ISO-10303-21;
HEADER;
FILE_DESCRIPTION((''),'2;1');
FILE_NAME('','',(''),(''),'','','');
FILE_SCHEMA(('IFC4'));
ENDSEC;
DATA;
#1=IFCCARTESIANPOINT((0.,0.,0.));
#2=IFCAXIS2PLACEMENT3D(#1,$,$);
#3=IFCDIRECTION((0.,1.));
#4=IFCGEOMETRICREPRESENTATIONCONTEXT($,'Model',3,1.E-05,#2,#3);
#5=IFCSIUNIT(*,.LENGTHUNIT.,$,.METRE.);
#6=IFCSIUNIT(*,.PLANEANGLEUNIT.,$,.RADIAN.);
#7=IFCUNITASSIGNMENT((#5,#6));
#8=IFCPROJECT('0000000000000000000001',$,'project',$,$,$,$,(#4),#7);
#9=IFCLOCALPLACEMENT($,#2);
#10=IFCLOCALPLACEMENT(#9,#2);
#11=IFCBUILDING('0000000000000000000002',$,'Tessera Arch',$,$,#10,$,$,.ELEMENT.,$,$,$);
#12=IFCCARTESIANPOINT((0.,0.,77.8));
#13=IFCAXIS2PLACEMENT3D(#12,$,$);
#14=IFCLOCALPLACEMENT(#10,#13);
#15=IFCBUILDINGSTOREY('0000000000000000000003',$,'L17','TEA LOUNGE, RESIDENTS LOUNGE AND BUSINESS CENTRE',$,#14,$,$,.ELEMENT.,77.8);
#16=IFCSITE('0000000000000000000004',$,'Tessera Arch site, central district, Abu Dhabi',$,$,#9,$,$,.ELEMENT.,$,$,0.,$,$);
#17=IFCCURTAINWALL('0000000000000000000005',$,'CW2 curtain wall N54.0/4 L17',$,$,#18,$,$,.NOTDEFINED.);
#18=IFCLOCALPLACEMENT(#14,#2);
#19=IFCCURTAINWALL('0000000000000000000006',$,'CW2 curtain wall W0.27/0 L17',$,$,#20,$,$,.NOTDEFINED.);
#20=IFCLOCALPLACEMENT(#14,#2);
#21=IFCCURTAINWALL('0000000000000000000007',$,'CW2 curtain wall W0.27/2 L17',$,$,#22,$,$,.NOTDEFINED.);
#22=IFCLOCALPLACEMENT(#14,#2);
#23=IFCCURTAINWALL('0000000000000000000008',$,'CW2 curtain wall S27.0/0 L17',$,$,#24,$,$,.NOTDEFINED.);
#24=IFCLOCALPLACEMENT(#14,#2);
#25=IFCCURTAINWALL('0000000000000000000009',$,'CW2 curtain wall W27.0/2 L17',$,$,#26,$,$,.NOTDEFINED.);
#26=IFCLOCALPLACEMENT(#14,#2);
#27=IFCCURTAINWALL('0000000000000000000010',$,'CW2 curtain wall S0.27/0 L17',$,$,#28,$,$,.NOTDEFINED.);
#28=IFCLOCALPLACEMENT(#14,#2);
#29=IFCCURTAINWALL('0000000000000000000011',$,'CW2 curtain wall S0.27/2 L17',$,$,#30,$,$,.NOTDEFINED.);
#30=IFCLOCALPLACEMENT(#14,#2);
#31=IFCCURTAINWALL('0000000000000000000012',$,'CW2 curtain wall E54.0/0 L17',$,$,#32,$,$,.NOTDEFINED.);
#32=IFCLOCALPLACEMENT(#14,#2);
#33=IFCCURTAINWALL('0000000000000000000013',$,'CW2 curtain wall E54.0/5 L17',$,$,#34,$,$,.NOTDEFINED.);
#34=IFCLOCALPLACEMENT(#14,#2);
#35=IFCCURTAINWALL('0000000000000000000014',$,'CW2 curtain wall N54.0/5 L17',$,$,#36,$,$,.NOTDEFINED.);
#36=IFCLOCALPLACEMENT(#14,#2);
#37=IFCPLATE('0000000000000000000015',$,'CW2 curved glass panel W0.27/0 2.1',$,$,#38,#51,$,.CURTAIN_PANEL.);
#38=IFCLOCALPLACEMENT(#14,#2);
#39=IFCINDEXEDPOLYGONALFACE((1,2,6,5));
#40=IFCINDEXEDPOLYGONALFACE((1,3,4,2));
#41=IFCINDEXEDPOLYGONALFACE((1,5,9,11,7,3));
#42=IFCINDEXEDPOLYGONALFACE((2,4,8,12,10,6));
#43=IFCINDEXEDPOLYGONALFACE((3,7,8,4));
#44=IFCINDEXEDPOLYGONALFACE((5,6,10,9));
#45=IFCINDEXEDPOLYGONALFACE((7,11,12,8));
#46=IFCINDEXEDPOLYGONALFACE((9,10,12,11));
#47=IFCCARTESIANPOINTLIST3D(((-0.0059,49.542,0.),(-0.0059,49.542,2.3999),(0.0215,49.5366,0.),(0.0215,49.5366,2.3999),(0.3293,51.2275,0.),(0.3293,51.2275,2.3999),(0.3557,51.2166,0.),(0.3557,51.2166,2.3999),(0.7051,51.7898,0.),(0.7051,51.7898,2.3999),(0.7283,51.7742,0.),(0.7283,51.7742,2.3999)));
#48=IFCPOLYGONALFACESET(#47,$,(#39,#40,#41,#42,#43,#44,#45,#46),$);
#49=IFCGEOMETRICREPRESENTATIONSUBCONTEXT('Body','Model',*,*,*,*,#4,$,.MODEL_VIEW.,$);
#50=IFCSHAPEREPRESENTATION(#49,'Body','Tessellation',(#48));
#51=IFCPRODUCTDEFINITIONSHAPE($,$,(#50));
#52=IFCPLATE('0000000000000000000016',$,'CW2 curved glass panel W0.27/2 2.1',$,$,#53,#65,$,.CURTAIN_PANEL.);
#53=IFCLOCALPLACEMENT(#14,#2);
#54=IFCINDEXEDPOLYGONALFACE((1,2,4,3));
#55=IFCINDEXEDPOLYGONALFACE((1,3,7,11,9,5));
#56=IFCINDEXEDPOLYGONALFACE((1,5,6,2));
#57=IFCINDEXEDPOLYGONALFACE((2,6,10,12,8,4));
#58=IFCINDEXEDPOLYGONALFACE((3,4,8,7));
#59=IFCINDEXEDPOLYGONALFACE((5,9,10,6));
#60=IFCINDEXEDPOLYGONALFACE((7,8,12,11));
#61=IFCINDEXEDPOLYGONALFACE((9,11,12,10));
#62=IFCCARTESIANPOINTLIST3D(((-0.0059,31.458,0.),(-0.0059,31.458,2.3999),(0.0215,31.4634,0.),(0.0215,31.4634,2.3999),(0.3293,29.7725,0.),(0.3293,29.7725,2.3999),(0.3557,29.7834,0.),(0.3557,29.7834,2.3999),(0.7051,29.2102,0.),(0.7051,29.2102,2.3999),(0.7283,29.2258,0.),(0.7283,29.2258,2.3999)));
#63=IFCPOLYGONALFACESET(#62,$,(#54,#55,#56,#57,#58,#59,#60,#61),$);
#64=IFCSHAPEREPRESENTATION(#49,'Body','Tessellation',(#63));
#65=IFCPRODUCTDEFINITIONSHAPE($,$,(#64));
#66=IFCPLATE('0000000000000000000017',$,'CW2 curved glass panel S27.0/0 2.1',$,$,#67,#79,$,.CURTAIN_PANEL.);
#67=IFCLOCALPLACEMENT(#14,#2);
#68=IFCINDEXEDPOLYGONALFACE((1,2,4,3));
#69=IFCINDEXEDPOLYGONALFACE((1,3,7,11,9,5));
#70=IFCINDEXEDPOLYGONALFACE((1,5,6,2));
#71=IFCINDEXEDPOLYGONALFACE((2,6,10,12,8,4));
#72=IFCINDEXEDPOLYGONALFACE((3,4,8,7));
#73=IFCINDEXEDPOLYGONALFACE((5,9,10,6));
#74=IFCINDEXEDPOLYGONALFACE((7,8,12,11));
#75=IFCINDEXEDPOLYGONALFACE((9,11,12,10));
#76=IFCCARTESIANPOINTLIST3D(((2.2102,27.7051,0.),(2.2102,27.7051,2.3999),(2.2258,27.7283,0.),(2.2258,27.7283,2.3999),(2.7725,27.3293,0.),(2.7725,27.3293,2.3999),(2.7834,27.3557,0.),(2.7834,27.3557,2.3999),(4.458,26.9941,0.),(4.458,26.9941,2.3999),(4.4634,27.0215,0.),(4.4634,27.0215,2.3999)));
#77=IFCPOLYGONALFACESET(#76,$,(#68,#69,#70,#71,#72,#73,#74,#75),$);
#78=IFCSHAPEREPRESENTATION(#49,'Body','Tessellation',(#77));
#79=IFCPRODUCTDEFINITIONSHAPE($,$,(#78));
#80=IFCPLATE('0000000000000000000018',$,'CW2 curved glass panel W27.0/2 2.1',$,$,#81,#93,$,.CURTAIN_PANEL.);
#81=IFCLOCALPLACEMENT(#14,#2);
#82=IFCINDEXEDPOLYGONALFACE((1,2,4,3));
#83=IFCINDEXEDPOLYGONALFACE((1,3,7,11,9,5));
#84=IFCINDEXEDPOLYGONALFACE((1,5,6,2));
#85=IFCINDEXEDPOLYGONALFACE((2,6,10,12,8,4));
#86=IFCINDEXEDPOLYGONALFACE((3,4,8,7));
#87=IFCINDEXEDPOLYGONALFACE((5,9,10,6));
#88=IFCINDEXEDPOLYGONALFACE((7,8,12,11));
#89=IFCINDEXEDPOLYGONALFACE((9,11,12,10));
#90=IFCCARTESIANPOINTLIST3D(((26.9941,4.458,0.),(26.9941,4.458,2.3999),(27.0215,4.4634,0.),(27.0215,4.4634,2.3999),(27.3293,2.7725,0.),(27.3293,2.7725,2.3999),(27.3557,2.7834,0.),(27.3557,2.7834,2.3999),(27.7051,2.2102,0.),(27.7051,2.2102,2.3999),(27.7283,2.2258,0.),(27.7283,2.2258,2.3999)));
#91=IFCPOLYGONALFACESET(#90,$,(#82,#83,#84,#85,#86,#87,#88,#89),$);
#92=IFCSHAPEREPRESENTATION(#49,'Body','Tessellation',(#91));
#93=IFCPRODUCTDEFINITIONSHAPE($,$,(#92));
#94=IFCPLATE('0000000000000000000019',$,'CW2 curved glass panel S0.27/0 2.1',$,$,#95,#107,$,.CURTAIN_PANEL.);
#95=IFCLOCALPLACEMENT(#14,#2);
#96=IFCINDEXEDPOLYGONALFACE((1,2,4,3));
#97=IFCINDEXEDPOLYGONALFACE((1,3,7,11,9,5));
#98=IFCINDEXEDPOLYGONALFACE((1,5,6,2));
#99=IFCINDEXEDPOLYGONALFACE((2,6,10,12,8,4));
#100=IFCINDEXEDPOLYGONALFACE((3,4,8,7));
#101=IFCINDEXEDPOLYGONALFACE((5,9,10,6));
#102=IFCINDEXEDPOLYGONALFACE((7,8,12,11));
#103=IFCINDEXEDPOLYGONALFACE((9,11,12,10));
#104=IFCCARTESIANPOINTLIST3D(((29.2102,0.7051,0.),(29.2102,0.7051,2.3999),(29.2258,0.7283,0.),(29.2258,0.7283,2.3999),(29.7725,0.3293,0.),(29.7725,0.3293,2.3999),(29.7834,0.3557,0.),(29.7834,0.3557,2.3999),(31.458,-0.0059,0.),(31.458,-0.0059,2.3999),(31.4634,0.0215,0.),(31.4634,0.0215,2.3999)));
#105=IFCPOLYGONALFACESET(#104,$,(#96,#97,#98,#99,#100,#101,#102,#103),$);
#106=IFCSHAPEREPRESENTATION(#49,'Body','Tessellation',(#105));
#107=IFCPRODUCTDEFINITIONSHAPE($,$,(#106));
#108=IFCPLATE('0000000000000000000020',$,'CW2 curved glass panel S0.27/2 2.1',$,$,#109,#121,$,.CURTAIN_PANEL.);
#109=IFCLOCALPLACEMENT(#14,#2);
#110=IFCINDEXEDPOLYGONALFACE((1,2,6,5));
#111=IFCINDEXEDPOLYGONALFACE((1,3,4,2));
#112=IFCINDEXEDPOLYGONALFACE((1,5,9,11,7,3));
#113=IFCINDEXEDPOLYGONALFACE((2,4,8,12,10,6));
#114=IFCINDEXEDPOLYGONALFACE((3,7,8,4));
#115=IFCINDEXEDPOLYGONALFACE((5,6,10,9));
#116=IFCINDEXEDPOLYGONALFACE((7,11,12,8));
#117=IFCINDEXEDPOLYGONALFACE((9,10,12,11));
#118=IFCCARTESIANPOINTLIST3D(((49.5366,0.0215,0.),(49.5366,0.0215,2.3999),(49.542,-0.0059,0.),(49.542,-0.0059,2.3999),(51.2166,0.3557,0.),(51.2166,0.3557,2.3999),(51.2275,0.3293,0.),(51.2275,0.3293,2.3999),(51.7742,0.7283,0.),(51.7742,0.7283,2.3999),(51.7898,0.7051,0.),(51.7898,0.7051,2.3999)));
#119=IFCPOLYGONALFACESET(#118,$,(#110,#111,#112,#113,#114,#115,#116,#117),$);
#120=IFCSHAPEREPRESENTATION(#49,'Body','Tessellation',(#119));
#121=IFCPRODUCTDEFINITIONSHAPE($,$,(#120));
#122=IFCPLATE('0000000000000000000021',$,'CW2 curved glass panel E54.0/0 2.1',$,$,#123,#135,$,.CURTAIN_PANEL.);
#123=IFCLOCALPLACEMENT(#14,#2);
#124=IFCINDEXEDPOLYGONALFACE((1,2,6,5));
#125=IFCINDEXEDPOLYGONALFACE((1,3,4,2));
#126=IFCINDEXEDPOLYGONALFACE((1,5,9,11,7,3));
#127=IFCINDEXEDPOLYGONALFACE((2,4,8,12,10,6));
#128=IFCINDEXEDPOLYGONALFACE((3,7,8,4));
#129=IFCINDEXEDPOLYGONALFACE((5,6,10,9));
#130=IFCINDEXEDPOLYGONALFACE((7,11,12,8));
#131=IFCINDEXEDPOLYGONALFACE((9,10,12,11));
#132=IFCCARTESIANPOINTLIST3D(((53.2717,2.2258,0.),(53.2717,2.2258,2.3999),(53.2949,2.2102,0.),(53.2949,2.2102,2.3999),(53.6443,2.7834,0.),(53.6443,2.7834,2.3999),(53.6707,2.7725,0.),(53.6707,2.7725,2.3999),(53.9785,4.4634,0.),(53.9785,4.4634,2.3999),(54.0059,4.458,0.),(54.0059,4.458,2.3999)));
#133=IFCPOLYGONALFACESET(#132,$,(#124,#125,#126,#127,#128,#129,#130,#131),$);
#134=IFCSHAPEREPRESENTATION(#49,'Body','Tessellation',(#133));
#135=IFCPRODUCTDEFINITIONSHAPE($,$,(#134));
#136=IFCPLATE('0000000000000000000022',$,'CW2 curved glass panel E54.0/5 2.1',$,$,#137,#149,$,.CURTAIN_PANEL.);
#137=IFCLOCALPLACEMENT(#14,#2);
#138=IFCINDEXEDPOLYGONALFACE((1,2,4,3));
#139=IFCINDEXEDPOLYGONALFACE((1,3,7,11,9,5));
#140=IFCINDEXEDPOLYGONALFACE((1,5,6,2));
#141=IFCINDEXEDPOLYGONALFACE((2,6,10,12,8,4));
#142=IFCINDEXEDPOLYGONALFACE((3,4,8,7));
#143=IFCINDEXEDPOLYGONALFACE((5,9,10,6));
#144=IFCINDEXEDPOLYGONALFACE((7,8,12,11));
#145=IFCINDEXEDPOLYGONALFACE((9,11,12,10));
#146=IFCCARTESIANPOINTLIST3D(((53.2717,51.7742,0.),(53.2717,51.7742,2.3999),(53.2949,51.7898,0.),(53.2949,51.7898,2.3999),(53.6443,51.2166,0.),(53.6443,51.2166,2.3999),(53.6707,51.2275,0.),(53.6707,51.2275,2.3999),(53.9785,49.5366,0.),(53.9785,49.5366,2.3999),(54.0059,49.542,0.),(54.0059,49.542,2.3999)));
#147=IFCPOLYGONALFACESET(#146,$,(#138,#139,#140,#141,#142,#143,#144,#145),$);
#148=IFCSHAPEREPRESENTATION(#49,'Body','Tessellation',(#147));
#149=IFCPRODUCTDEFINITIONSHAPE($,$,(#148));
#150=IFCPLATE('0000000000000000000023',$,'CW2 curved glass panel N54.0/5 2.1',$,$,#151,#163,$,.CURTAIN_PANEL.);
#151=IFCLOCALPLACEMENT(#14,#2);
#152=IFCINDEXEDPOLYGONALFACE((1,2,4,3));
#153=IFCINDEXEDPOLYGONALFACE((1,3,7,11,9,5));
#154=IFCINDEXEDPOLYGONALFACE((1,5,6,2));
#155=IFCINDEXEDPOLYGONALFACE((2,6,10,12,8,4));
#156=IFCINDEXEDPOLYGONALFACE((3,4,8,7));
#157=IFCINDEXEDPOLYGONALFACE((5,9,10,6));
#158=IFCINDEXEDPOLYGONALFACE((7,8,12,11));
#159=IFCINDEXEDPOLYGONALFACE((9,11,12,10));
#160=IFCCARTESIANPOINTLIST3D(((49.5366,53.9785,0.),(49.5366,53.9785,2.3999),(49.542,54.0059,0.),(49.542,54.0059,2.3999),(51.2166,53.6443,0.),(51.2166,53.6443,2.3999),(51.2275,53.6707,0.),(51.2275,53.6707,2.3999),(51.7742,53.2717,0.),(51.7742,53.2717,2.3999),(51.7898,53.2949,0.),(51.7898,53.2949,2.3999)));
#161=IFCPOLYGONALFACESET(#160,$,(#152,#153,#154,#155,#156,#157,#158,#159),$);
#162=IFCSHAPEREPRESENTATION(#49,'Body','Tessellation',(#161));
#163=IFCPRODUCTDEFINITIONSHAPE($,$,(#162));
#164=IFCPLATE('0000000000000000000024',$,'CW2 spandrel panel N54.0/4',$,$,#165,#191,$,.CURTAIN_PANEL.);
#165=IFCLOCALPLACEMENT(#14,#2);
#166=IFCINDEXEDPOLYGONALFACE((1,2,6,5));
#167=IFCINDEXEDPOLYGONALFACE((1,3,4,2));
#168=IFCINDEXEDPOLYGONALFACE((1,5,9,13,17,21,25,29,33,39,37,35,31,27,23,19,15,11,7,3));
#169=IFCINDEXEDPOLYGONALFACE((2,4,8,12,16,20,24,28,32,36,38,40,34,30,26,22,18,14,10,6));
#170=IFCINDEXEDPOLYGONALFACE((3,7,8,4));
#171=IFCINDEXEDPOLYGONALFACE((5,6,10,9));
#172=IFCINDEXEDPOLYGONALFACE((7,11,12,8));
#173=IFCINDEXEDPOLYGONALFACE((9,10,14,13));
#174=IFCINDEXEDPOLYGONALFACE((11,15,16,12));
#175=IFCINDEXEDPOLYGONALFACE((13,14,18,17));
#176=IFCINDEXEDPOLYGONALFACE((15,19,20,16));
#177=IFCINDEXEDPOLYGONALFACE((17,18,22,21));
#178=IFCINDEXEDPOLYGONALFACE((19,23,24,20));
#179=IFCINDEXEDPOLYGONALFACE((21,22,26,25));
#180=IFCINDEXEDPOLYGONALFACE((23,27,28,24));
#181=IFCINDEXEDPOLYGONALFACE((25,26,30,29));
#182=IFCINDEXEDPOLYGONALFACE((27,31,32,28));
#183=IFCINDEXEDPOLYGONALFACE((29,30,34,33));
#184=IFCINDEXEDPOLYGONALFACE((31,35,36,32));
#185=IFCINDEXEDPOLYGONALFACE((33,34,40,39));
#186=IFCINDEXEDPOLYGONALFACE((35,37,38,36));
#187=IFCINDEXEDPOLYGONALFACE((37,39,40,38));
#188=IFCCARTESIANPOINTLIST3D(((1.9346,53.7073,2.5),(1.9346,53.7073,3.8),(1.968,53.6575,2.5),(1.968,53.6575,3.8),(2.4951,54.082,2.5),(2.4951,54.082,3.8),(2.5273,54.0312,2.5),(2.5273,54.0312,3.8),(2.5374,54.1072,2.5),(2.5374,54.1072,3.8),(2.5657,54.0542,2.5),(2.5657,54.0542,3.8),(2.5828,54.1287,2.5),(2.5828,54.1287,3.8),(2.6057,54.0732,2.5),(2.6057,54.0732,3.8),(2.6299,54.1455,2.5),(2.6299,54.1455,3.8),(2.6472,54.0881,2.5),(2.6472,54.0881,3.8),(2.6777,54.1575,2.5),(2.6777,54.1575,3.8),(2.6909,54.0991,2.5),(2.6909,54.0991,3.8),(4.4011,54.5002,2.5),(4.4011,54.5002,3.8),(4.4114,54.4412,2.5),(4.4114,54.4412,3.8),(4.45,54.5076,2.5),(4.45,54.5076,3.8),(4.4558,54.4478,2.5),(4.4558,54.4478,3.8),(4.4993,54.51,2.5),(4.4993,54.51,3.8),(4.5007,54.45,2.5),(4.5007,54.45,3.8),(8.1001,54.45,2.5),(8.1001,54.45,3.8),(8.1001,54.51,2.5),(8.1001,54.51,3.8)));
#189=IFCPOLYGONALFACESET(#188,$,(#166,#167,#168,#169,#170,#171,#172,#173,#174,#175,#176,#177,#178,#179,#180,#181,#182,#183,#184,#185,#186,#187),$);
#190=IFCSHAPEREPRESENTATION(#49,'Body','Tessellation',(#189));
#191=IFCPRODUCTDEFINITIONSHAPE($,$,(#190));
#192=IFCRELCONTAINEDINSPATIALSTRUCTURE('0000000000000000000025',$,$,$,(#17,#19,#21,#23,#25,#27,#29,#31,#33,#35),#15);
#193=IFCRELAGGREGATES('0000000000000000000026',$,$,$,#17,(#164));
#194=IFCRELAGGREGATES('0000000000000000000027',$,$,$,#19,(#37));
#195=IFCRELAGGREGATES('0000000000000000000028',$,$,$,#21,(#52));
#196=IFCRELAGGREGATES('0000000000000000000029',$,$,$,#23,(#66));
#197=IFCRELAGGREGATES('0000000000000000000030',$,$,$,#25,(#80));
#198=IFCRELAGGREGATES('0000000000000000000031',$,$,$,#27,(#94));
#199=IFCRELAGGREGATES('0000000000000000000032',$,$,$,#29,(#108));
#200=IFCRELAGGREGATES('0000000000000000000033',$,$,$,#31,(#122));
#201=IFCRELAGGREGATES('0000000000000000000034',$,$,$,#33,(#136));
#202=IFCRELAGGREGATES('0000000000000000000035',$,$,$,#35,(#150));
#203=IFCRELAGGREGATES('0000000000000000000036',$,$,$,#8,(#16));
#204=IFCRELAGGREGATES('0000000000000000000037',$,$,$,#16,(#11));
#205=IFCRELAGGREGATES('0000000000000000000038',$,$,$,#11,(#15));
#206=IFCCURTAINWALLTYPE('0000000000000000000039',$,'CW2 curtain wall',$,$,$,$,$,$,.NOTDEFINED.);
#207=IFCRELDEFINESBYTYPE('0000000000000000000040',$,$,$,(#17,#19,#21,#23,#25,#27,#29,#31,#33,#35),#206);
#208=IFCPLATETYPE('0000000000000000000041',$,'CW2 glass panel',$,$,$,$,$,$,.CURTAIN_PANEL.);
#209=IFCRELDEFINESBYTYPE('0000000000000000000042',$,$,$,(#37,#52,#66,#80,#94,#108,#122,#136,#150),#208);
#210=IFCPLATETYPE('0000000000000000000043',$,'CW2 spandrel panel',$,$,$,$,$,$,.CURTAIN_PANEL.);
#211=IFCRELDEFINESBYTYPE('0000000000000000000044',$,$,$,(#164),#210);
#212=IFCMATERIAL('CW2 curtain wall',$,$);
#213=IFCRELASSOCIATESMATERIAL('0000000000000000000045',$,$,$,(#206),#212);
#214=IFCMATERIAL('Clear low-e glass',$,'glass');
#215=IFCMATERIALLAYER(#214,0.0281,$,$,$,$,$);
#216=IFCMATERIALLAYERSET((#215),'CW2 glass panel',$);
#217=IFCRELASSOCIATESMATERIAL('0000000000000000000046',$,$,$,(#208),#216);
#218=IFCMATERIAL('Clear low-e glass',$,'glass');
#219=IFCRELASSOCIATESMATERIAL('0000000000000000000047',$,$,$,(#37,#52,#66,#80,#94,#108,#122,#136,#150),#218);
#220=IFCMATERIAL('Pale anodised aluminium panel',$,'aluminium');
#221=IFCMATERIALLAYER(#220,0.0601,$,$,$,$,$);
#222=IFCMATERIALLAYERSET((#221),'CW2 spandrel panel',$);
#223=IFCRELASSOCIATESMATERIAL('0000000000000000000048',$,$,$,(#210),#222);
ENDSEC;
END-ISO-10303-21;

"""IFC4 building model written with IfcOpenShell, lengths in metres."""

from ifc_helpers import new_model, si_unit, direction, frame, origin, place, context, subcontext, project, spatial, polyline, outline, extrude, material, layer, layer_set, type_object, element, aggregate, save


model = new_model("IFC4")

# Units and contexts
model_context = context("Model", 3, precision=1e-05, world=origin(), true_north=direction((0.0, 1.0)))
body_context = subcontext(model_context, "Body", "Model", "MODEL_VIEW")
ifc_project = project(units=[si_unit("LENGTHUNIT", "METRE"), si_unit("PLANEANGLEUNIT", "RADIAN")], contexts=[model_context])

# Site, building, storey
site_placement = place(None, origin())
site = spatial("IfcSite", under=ifc_project, at=site_placement, Name="Tessera Arch site, central district, Abu Dhabi", CompositionType="ELEMENT", RefElevation=0.0)
building_placement = place(site_placement, origin())
building = spatial("IfcBuilding", under=site, at=building_placement, Name="Tessera Arch", CompositionType="ELEMENT")
storey_placement = place(building_placement, frame((0.0, 0.0, 77.8)))
storey = spatial("IfcBuildingStorey", under=building, at=storey_placement, Name="L17", Description="TEA LOUNGE, RESIDENTS LOUNGE AND BUSINESS CENTRE", CompositionType="ELEMENT", Elevation=77.8)

# Curtain walls
ifc_material_1 = material(Name="CW2 curtain wall")
curtain_wall_type = type_object("IfcCurtainWallType", Name="CW2 curtain wall", PredefinedType="NOTDEFINED", material=ifc_material_1)
curtain_wall_1_placement = place(storey_placement, origin())
curtain_wall_1 = element("IfcCurtainWall", 1, at=curtain_wall_1_placement, inside=storey, type_object=curtain_wall_type, Name="CW2 curtain wall N54.0/4 L17", PredefinedType="NOTDEFINED")
curtain_wall_2_placement = place(storey_placement, origin())
curtain_wall_2 = element("IfcCurtainWall", 2, at=curtain_wall_2_placement, inside=storey, type_object=curtain_wall_type, Name="CW2 curtain wall W0.27/0 L17", PredefinedType="NOTDEFINED")
curtain_wall_3_placement = place(storey_placement, origin())
curtain_wall_3 = element("IfcCurtainWall", 3, at=curtain_wall_3_placement, inside=storey, type_object=curtain_wall_type, Name="CW2 curtain wall W0.27/2 L17", PredefinedType="NOTDEFINED")
curtain_wall_4_placement = place(storey_placement, origin())
curtain_wall_4 = element("IfcCurtainWall", 4, at=curtain_wall_4_placement, inside=storey, type_object=curtain_wall_type, Name="CW2 curtain wall S27.0/0 L17", PredefinedType="NOTDEFINED")
curtain_wall_5_placement = place(storey_placement, origin())
curtain_wall_5 = element("IfcCurtainWall", 5, at=curtain_wall_5_placement, inside=storey, type_object=curtain_wall_type, Name="CW2 curtain wall W27.0/2 L17", PredefinedType="NOTDEFINED")
curtain_wall_6_placement = place(storey_placement, origin())
curtain_wall_6 = element("IfcCurtainWall", 6, at=curtain_wall_6_placement, inside=storey, type_object=curtain_wall_type, Name="CW2 curtain wall S0.27/0 L17", PredefinedType="NOTDEFINED")
curtain_wall_7_placement = place(storey_placement, origin())
curtain_wall_7 = element("IfcCurtainWall", 7, at=curtain_wall_7_placement, inside=storey, type_object=curtain_wall_type, Name="CW2 curtain wall S0.27/2 L17", PredefinedType="NOTDEFINED")
curtain_wall_8_placement = place(storey_placement, origin())
curtain_wall_8 = element("IfcCurtainWall", 8, at=curtain_wall_8_placement, inside=storey, type_object=curtain_wall_type, Name="CW2 curtain wall E54.0/0 L17", PredefinedType="NOTDEFINED")
curtain_wall_9_placement = place(storey_placement, origin())
curtain_wall_9 = element("IfcCurtainWall", 9, at=curtain_wall_9_placement, inside=storey, type_object=curtain_wall_type, Name="CW2 curtain wall E54.0/5 L17", PredefinedType="NOTDEFINED")
curtain_wall_10_placement = place(storey_placement, origin())
curtain_wall_10 = element("IfcCurtainWall", 10, at=curtain_wall_10_placement, inside=storey, type_object=curtain_wall_type, Name="CW2 curtain wall N54.0/5 L17", PredefinedType="NOTDEFINED")

# Plates
ifc_material_2 = material(Name="Clear low-e glass", Category="glass")
ifc_material_3 = material(Name="Clear low-e glass", Category="glass")
ifc_layer_1 = layer(ifc_material_3, 0.0281)
ifc_layer_set_1 = layer_set([ifc_layer_1], Name="CW2 glass panel")
plate_type_1 = type_object("IfcPlateType", Name="CW2 glass panel", PredefinedType="CURTAIN_PANEL", material=ifc_layer_set_1)
plate_1_placement = place(storey_placement, origin())
plate_1 = element("IfcPlate", 11, at=plate_1_placement, type_object=plate_type_1, material=ifc_material_2, Name="CW2 curved glass panel W0.27/0 2.1", PredefinedType="CURTAIN_PANEL", context=body_context, shape_type="SweptSolid", body=[
    extrude(outline(polyline([(0.3557, 51.2166), (0.7283, 51.7742), (0.7051, 51.7898), (0.3293, 51.2275), (-0.0059, 49.542), (0.0215, 49.5366), (0.3557, 51.2166)])), origin(), (0.0, 0.0, 1.0), 2.3999),
])
plate_2_placement = place(storey_placement, origin())
plate_2 = element("IfcPlate", 12, at=plate_2_placement, type_object=plate_type_1, material=ifc_material_2, Name="CW2 curved glass panel W0.27/2 2.1", PredefinedType="CURTAIN_PANEL", context=body_context, shape_type="SweptSolid", body=[
    extrude(outline(polyline([(0.3557, 29.7834), (0.0215, 31.4634), (-0.0059, 31.458), (0.3293, 29.7725), (0.7051, 29.2102), (0.7283, 29.2258), (0.3557, 29.7834)])), origin(), (0.0, 0.0, 1.0), 2.3999),
])
plate_3_placement = place(storey_placement, origin())
plate_3 = element("IfcPlate", 13, at=plate_3_placement, type_object=plate_type_1, material=ifc_material_2, Name="CW2 curved glass panel S27.0/0 2.1", PredefinedType="CURTAIN_PANEL", context=body_context, shape_type="SweptSolid", body=[
    extrude(outline(polyline([(2.7834, 27.3557), (2.2258, 27.7283), (2.2102, 27.7051), (2.7725, 27.3293), (4.458, 26.9941), (4.4634, 27.0215), (2.7834, 27.3557)])), origin(), (0.0, 0.0, 1.0), 2.3999),
])
plate_4_placement = place(storey_placement, origin())
plate_4 = element("IfcPlate", 14, at=plate_4_placement, type_object=plate_type_1, material=ifc_material_2, Name="CW2 curved glass panel W27.0/2 2.1", PredefinedType="CURTAIN_PANEL", context=body_context, shape_type="SweptSolid", body=[
    extrude(outline(polyline([(27.3557, 2.7834), (27.0215, 4.4634), (26.9941, 4.458), (27.3293, 2.7725), (27.7051, 2.2102), (27.7283, 2.2258), (27.3557, 2.7834)])), origin(), (0.0, 0.0, 1.0), 2.3999),
])
plate_5_placement = place(storey_placement, origin())
plate_5 = element("IfcPlate", 15, at=plate_5_placement, type_object=plate_type_1, material=ifc_material_2, Name="CW2 curved glass panel S0.27/0 2.1", PredefinedType="CURTAIN_PANEL", context=body_context, shape_type="SweptSolid", body=[
    extrude(outline(polyline([(29.7834, 0.3557), (29.2258, 0.7283), (29.2102, 0.7051), (29.7725, 0.3293), (31.458, -0.0059), (31.4634, 0.0215), (29.7834, 0.3557)])), origin(), (0.0, 0.0, 1.0), 2.3999),
])
plate_6_placement = place(storey_placement, origin())
plate_6 = element("IfcPlate", 16, at=plate_6_placement, type_object=plate_type_1, material=ifc_material_2, Name="CW2 curved glass panel S0.27/2 2.1", PredefinedType="CURTAIN_PANEL", context=body_context, shape_type="SweptSolid", body=[
    extrude(outline(polyline([(51.2166, 0.3557), (49.5366, 0.0215), (49.542, -0.0059), (51.2275, 0.3293), (51.7898, 0.7051), (51.7742, 0.7283), (51.2166, 0.3557)])), origin(), (0.0, 0.0, 1.0), 2.3999),
])
plate_7_placement = place(storey_placement, origin())
plate_7 = element("IfcPlate", 17, at=plate_7_placement, type_object=plate_type_1, material=ifc_material_2, Name="CW2 curved glass panel E54.0/0 2.1", PredefinedType="CURTAIN_PANEL", context=body_context, shape_type="SweptSolid", body=[
    extrude(outline(polyline([(53.6443, 2.7834), (53.2717, 2.2258), (53.2949, 2.2102), (53.6707, 2.7725), (54.0059, 4.458), (53.9785, 4.4634), (53.6443, 2.7834)])), origin(), (0.0, 0.0, 1.0), 2.3999),
])
plate_8_placement = place(storey_placement, origin())
plate_8 = element("IfcPlate", 18, at=plate_8_placement, type_object=plate_type_1, material=ifc_material_2, Name="CW2 curved glass panel E54.0/5 2.1", PredefinedType="CURTAIN_PANEL", context=body_context, shape_type="SweptSolid", body=[
    extrude(outline(polyline([(53.6443, 51.2166), (53.9785, 49.5366), (54.0059, 49.542), (53.6707, 51.2275), (53.2949, 51.7898), (53.2717, 51.7742), (53.6443, 51.2166)])), origin(), (0.0, 0.0, 1.0), 2.3999),
])
plate_9_placement = place(storey_placement, origin())
plate_9 = element("IfcPlate", 19, at=plate_9_placement, type_object=plate_type_1, material=ifc_material_2, Name="CW2 curved glass panel N54.0/5 2.1", PredefinedType="CURTAIN_PANEL", context=body_context, shape_type="SweptSolid", body=[
    extrude(outline(polyline([(51.2166, 53.6443), (51.7742, 53.2717), (51.7898, 53.2949), (51.2275, 53.6707), (49.542, 54.0059), (49.5366, 53.9785), (51.2166, 53.6443)])), origin(), (0.0, 0.0, 1.0), 2.3999),
])
ifc_material_4 = material(Name="Pale anodised aluminium panel", Category="aluminium")
ifc_layer_2 = layer(ifc_material_4, 0.0601)
ifc_layer_set_2 = layer_set([ifc_layer_2], Name="CW2 spandrel panel")
plate_type_2 = type_object("IfcPlateType", Name="CW2 spandrel panel", PredefinedType="CURTAIN_PANEL", material=ifc_layer_set_2)
plate_10_placement = place(storey_placement, frame((0.0, 0.0, 2.5)))
plate_10 = element("IfcPlate", 20, at=plate_10_placement, type_object=plate_type_2, Name="CW2 spandrel panel N54.0/4", PredefinedType="CURTAIN_PANEL", context=body_context, shape_type="SweptSolid", body=[
    extrude(outline(polyline([(4.5007, 54.45), (8.1001, 54.45), (8.1001, 54.51), (4.4993, 54.51), (4.45, 54.5076), (4.4011, 54.5002), (2.6777, 54.1575), (2.6299, 54.1455), (2.5828, 54.1287), (2.5374, 54.1072), (2.4951, 54.082), (1.9346, 53.7073), (1.968, 53.6575), (2.5273, 54.0312), (2.5657, 54.0542), (2.6057, 54.0732), (2.6472, 54.0881), (2.6909, 54.0991), (4.4114, 54.4412), (4.4558, 54.4478), (4.5007, 54.45)])), origin(), (0.0, 0.0, 1.0), 1.3),
])
aggregate(curtain_wall_1, [plate_10])
aggregate(curtain_wall_2, [plate_1])
aggregate(curtain_wall_3, [plate_2])
aggregate(curtain_wall_4, [plate_3])
aggregate(curtain_wall_5, [plate_4])
aggregate(curtain_wall_6, [plate_5])
aggregate(curtain_wall_7, [plate_6])
aggregate(curtain_wall_8, [plate_7])
aggregate(curtain_wall_9, [plate_8])
aggregate(curtain_wall_10, [plate_9])

save(model, "model.ifc")
